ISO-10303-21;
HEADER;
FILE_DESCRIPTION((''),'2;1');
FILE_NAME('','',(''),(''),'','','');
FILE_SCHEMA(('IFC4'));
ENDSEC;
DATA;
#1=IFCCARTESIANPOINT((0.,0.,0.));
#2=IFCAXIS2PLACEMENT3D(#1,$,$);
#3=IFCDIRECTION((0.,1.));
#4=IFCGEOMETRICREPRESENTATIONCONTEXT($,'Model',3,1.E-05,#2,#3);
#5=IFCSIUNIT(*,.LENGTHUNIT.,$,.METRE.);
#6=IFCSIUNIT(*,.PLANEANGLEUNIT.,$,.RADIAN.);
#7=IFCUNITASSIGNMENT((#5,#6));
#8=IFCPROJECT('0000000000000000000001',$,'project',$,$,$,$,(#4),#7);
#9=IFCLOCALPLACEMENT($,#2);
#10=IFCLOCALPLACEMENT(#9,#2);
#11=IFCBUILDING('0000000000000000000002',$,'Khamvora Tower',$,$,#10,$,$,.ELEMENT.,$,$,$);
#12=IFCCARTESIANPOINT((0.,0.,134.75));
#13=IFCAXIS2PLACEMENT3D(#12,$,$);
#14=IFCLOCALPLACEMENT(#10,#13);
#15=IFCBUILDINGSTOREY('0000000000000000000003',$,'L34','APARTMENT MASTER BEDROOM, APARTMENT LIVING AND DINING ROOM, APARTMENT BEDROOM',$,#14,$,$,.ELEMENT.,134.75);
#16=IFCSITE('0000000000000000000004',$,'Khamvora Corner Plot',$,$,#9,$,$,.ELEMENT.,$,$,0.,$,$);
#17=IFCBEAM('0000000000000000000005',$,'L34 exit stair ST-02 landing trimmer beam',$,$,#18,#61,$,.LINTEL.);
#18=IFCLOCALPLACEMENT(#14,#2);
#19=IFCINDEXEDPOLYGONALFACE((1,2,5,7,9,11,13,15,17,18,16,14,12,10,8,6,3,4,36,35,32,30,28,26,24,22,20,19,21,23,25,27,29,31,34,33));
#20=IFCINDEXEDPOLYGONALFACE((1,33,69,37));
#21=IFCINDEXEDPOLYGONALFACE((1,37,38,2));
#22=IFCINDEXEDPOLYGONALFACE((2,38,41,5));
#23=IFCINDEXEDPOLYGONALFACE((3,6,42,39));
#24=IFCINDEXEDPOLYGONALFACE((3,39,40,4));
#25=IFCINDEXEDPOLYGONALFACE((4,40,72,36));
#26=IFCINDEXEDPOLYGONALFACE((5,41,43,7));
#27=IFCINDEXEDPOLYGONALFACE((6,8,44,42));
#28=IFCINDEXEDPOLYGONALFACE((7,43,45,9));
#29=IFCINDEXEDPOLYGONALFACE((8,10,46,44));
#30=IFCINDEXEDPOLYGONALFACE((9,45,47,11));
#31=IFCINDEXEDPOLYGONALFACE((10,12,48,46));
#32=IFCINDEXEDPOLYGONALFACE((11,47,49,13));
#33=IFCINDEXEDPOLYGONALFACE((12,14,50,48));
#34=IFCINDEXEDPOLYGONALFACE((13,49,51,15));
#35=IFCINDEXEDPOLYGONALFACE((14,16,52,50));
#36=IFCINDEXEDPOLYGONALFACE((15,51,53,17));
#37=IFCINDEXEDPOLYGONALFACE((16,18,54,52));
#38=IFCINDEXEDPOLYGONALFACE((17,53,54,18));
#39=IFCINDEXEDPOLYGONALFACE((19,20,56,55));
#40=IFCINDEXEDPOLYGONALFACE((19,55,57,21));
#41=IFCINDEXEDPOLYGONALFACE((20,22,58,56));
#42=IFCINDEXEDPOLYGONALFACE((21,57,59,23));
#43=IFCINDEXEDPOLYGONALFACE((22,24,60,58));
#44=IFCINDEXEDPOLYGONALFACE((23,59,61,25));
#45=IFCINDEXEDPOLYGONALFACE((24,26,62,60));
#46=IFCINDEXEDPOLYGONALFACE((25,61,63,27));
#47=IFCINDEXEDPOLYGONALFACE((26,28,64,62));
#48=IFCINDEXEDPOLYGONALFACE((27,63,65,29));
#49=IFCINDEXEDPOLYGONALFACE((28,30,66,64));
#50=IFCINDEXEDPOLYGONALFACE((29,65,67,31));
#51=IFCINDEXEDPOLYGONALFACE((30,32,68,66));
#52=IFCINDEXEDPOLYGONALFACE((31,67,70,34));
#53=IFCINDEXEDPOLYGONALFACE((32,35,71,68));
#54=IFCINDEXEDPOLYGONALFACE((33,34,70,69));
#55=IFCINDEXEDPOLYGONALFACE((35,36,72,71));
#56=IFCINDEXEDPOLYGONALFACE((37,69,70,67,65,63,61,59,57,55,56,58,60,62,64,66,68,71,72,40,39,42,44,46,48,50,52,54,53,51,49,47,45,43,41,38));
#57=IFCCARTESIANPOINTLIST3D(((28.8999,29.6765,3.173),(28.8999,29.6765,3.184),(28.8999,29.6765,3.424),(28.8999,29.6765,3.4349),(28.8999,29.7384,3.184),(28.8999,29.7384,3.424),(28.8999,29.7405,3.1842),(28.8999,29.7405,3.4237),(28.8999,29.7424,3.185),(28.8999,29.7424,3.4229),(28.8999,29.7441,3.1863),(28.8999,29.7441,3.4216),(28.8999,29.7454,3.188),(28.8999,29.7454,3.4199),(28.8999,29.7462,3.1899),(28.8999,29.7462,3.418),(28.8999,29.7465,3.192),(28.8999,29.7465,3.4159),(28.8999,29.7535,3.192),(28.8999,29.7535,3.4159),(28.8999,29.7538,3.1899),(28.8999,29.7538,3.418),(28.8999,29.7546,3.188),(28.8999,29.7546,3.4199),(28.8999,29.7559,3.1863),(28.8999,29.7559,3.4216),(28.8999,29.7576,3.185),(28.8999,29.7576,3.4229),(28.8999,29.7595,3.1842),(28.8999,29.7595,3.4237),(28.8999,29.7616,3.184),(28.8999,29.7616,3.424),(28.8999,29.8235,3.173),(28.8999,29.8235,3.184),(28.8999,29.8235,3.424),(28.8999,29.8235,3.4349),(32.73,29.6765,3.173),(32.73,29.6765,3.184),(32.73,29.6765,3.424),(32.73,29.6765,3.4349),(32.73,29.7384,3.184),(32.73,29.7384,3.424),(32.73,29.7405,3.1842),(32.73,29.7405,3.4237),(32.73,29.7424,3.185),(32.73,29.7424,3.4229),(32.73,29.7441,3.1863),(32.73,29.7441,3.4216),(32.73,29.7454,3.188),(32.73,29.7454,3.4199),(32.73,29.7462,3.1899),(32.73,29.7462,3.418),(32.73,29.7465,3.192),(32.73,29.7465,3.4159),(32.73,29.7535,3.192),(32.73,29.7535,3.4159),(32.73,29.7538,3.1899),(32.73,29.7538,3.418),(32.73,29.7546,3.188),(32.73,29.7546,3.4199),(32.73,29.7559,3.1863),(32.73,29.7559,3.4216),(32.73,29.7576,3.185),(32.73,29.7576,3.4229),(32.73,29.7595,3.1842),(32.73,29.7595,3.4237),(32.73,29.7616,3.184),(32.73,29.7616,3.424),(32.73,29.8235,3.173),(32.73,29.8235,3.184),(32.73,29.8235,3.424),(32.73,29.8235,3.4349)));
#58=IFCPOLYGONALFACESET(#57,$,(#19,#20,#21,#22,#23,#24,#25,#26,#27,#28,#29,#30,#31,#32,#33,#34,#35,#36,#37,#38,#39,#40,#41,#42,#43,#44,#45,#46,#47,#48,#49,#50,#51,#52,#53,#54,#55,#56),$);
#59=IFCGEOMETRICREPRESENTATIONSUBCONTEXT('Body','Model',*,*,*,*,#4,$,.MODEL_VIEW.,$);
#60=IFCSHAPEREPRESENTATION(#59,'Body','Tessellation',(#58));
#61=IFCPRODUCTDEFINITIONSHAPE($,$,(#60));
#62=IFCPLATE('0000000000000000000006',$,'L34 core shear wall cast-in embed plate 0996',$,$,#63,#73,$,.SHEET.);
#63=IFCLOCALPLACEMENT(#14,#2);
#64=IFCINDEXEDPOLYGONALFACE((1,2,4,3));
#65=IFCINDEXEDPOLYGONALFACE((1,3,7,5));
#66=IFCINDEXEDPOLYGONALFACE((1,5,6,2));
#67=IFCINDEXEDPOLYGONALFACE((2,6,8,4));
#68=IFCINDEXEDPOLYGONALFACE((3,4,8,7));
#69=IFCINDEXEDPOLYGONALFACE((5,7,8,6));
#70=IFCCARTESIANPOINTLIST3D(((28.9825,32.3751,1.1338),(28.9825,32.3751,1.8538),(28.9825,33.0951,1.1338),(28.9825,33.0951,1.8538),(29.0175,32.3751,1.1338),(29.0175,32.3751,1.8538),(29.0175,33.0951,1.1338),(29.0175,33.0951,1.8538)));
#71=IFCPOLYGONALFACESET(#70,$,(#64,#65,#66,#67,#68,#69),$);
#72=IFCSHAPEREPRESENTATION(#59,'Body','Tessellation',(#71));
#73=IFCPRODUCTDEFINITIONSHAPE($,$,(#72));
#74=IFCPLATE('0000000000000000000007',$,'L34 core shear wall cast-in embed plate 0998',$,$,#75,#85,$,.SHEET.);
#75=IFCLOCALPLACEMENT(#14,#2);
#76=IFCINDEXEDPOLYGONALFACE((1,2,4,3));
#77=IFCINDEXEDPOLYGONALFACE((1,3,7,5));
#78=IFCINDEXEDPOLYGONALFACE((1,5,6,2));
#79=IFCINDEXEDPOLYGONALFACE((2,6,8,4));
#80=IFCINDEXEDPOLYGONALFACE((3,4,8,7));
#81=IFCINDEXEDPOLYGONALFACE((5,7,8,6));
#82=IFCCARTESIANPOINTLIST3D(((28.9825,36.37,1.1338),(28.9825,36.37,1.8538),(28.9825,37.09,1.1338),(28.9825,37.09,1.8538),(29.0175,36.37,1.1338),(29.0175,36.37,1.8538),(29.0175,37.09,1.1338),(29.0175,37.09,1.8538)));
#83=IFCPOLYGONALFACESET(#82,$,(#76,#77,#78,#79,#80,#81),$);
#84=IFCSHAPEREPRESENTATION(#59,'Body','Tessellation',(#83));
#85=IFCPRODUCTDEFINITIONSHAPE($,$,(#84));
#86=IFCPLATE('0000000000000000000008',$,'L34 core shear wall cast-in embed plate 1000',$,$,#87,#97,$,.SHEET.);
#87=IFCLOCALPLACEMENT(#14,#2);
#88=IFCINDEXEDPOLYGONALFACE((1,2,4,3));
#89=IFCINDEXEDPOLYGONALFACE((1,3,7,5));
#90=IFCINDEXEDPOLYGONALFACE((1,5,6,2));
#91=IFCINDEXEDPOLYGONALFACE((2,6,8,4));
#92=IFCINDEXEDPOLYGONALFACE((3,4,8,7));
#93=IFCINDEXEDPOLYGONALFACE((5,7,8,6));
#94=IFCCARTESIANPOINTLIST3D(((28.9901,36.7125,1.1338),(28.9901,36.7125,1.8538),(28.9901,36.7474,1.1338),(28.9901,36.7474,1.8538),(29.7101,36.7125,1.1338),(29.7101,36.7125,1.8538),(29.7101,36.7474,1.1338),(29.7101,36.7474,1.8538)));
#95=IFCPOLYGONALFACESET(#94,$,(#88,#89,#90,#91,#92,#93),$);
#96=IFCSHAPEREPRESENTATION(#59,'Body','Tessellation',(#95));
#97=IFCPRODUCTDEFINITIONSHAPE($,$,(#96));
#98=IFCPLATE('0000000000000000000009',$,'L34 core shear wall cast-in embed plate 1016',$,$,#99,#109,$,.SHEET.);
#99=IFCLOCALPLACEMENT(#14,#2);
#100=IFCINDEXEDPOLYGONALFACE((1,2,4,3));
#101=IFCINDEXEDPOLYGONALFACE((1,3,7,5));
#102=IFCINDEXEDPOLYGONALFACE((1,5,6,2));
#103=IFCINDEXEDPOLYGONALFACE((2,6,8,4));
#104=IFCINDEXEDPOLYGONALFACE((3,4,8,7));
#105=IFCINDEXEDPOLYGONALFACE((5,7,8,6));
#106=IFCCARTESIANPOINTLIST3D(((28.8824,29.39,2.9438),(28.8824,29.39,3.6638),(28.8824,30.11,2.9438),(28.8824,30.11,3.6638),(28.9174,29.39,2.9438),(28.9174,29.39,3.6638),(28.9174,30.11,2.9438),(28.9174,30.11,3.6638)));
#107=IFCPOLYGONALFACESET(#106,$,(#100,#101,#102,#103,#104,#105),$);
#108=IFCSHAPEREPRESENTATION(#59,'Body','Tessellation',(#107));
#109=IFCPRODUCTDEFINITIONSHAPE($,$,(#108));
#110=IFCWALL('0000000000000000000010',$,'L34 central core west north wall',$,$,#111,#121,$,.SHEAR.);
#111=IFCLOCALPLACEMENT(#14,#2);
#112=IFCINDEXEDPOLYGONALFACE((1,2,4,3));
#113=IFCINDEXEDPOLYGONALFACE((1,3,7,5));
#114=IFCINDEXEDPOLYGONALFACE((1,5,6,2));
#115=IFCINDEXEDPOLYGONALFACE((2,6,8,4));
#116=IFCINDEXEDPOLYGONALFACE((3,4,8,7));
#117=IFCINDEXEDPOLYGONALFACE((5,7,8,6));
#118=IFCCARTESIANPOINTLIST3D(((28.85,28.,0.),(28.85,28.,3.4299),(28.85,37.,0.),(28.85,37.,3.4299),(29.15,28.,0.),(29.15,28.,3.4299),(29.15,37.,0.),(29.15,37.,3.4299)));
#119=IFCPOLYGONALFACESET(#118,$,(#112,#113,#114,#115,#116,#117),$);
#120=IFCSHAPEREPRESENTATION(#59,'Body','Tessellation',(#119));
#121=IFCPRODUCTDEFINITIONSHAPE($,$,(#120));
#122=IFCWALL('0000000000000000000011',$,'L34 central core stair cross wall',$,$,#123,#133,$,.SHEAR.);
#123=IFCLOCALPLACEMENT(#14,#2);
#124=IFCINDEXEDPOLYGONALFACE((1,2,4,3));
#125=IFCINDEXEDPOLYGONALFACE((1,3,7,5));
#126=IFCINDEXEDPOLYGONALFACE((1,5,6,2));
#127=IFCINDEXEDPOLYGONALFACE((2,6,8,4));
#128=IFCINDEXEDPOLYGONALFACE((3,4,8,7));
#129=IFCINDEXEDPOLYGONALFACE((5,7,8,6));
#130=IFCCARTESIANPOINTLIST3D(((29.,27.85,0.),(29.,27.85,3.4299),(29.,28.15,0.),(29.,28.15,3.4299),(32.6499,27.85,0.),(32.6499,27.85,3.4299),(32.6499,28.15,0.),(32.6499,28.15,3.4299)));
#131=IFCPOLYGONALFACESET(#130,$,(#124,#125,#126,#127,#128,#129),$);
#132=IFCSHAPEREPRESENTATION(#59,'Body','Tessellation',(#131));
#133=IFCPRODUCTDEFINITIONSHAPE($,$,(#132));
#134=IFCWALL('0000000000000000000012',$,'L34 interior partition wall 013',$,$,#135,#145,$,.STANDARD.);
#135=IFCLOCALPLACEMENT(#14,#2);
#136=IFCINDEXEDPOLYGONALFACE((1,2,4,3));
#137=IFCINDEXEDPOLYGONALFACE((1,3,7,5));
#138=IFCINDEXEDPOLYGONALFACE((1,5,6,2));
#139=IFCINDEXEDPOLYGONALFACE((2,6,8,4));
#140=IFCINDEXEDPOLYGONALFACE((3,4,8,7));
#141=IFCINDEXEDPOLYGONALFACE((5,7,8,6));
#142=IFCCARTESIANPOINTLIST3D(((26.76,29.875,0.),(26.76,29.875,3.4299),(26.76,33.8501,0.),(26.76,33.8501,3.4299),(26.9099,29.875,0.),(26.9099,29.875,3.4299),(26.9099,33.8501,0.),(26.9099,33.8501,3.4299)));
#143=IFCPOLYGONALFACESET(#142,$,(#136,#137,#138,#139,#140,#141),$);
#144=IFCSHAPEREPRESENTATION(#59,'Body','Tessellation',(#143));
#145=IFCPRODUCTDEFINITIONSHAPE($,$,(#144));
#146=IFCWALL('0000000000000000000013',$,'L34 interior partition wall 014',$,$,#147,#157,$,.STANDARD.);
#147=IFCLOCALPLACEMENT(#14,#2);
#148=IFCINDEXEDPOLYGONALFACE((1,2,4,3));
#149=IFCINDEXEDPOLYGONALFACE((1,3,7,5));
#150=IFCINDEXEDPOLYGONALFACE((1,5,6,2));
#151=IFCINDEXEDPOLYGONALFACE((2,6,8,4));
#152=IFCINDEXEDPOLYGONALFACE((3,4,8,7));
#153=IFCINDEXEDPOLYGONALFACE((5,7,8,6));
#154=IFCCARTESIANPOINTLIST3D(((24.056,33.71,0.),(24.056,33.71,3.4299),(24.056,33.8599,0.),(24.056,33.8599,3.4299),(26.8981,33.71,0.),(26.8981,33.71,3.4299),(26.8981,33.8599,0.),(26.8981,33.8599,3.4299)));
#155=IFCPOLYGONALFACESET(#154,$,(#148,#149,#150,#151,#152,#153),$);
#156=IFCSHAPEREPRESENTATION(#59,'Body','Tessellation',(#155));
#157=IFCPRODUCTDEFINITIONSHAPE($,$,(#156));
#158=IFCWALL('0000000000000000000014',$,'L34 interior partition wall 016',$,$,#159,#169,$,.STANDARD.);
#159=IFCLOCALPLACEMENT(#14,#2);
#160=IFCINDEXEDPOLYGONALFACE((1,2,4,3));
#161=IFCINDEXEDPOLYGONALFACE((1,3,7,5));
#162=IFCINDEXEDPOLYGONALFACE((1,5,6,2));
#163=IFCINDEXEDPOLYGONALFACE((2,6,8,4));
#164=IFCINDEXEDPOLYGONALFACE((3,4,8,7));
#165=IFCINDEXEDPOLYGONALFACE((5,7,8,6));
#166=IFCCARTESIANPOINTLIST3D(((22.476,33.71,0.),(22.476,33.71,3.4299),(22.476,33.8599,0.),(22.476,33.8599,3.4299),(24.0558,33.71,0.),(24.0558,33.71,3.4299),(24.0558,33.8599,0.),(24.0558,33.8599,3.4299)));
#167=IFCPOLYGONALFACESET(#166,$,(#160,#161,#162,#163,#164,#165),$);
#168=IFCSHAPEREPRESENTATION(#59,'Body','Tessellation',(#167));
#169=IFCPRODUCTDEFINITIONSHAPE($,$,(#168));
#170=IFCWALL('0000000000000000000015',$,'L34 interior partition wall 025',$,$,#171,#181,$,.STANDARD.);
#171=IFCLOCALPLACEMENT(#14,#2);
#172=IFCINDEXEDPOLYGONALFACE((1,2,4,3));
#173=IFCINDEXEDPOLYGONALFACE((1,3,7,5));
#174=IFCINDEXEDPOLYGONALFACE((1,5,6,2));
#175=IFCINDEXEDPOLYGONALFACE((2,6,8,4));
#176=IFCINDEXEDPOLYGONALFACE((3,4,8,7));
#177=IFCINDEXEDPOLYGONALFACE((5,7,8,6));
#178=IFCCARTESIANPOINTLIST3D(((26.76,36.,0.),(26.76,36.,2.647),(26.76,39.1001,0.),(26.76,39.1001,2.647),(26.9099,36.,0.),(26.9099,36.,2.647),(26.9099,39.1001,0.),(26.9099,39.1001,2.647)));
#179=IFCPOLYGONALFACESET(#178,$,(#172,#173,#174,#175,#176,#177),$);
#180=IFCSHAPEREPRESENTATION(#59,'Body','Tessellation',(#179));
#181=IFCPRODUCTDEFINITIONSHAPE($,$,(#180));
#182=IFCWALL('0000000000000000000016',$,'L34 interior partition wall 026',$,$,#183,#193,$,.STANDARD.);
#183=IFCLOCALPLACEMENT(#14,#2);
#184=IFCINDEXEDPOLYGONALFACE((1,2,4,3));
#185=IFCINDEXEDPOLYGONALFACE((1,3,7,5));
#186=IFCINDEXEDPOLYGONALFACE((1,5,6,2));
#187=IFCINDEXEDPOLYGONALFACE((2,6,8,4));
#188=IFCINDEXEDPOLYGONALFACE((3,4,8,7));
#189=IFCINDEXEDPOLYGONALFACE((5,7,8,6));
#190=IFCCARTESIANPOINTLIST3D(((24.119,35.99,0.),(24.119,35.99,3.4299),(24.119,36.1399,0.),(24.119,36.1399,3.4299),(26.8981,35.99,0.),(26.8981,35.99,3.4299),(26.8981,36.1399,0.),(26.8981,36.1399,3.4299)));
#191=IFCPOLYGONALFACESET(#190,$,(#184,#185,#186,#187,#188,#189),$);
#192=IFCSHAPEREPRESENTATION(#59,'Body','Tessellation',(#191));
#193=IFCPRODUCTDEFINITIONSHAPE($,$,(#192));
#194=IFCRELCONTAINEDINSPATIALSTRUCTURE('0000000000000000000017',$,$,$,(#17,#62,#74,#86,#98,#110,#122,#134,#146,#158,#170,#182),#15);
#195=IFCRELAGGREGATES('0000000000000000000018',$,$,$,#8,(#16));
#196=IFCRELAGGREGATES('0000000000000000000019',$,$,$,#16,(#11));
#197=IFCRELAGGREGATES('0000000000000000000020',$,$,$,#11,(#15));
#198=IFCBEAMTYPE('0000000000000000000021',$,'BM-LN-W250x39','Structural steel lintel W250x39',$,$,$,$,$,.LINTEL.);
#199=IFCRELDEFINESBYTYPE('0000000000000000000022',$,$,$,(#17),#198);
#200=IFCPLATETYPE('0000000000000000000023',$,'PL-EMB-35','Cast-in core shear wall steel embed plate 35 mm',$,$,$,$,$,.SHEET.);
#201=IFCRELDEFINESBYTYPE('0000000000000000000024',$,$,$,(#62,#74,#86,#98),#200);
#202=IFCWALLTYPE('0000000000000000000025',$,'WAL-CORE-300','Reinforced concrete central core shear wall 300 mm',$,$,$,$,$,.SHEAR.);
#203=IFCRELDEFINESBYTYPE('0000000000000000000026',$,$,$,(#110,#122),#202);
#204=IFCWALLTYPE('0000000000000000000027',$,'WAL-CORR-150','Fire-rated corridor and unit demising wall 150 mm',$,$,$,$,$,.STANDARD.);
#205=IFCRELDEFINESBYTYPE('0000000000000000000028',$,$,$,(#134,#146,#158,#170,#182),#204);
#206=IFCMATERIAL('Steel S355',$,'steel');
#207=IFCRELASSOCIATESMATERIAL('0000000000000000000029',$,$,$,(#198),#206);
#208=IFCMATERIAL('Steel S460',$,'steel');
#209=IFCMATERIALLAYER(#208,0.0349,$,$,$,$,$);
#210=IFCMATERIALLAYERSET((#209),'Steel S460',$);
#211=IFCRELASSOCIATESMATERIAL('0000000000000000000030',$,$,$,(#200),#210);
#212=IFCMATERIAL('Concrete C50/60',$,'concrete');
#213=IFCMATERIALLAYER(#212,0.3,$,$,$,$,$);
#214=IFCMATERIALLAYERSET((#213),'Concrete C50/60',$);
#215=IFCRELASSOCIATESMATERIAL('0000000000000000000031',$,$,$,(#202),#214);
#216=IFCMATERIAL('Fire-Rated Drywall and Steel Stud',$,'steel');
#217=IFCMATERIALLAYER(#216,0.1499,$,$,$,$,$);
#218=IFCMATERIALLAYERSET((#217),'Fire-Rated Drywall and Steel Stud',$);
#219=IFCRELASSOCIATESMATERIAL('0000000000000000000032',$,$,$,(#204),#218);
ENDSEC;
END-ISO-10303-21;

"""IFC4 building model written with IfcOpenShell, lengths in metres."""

from ifc_helpers import new_model, si_unit, direction, frame, frame_2d, origin, origin_2d, place, context, subcontext, project, spatial, rectangle, i_section, extrude, material, layer, layer_set, material_profile, profile_set, type_object, element, save


model = new_model("IFC4")

# Units and contexts
model_context = context("Model", 3, precision=1e-05, world=origin(), true_north=direction((0.0, 1.0)))
body_context = subcontext(model_context, "Body", "Model", "MODEL_VIEW")
ifc_project = project(units=[si_unit("LENGTHUNIT", "METRE"), si_unit("PLANEANGLEUNIT", "RADIAN")], contexts=[model_context])

# Site, building, storey
site_placement = place(None, origin())
site = spatial("IfcSite", under=ifc_project, at=site_placement, Name="Khamvora Corner Plot", CompositionType="ELEMENT", RefElevation=0.0)
building_placement = place(site_placement, origin())
building = spatial("IfcBuilding", under=site, at=building_placement, Name="Khamvora Tower", CompositionType="ELEMENT")
storey_placement = place(building_placement, frame((0.0, 0.0, 134.75)))
storey = spatial("IfcBuildingStorey", under=building, at=storey_placement, Name="L34", Description="APARTMENT MASTER BEDROOM, APARTMENT LIVING AND DINING ROOM, APARTMENT BEDROOM", CompositionType="ELEMENT", Elevation=134.75)

# Shared definitions
ifc_material_1 = material(Name="Steel S460", Category="steel")

# Beam
ifc_material_2 = material(Name="Steel S355", Category="steel")
ifc_material_profile_1 = material_profile(ifc_material_2, i_section(OverallWidth=0.147, OverallDepth=0.262, WebThickness=0.0071, FlangeThickness=0.011, FilletRadius=0.0081, at=origin_2d()), Name="W250x39")
ifc_profile_set_1 = profile_set([ifc_material_profile_1], Name="Steel S355")
beam_type = type_object("IfcBeamType", Name="BM-LN-W250x39", Description="Structural steel lintel W250x39", PredefinedType="LINTEL", material=ifc_profile_set_1)
beam_1_placement = place(storey_placement, frame((28.8999, 29.75, 3.304), z_axis=(1.0, 0.0, 0.0), x_axis=(0.0, 1.0, 0.0)))
element("IfcBeam", 1, at=beam_1_placement, inside=storey, type_object=beam_type, Name="L34 exit stair ST-02 landing trimmer beam", PredefinedType="LINTEL", context=body_context, shape_type="SweptSolid", body=[
    extrude(i_section(OverallWidth=0.147, OverallDepth=0.262, WebThickness=0.0071, FlangeThickness=0.011, FilletRadius=0.0081, at=origin_2d()), origin(), (0.0, 0.0, 1.0), 3.8301),
])

# Plates
ifc_layer_1 = layer(ifc_material_1, 0.0349)
ifc_layer_set_1 = layer_set([ifc_layer_1], Name="Steel S460")
plate_type = type_object("IfcPlateType", Name="PL-EMB-35", Description="Cast-in core shear wall steel embed plate 35 mm", PredefinedType="SHEET", material=ifc_layer_set_1)
for number, where, z_axis, x_axis, name in (
    (2, (29.0, 32.7351, 1.1338), (0.0, 0.0, 1.0), (1.0, 0.0, 0.0), "L34 core shear wall cast-in embed plate 0996"),
    (3, (29.0, 36.73, 1.1338), (0.0, 0.0, 1.0), (1.0, 0.0, 0.0), "L34 core shear wall cast-in embed plate 0998"),
):
    element("IfcPlate", number, at=place(storey_placement, frame(where, z_axis=z_axis, x_axis=x_axis)), inside=storey, type_object=plate_type, Name=name, PredefinedType="SHEET", context=body_context, shape_type="SweptSolid", body=[
        extrude(rectangle(XDim=0.0349, YDim=0.72, at=origin_2d()), origin(), (0.0, 0.0, 1.0), 0.72),
    ])
plate_1_placement = place(storey_placement, frame((29.3501, 36.73, 1.1338), z_axis=(0.0, 0.0, 1.0), x_axis=(1.0, 0.0, 0.0)))
element("IfcPlate", 4, at=plate_1_placement, inside=storey, type_object=plate_type, Name="L34 core shear wall cast-in embed plate 1000", PredefinedType="SHEET", context=body_context, shape_type="SweptSolid", body=[
    extrude(rectangle(XDim=0.72, YDim=0.0349, at=origin_2d()), origin(), (0.0, 0.0, 1.0), 0.72),
])
plate_2_placement = place(storey_placement, frame((28.8999, 29.75, 2.9438), z_axis=(0.0, 0.0, 1.0), x_axis=(1.0, 0.0, 0.0)))
element("IfcPlate", 5, at=plate_2_placement, inside=storey, type_object=plate_type, Name="L34 core shear wall cast-in embed plate 1016", PredefinedType="SHEET", context=body_context, shape_type="SweptSolid", body=[
    extrude(rectangle(XDim=0.0349, YDim=0.72, at=origin_2d()), origin(), (0.0, 0.0, 1.0), 0.72),
])

# Walls
ifc_material_3 = material(Name="Concrete C50/60", Category="concrete")
ifc_layer_2 = layer(ifc_material_3, 0.3)
ifc_layer_set_2 = layer_set([ifc_layer_2], Name="Concrete C50/60")
wall_type_1 = type_object("IfcWallType", Name="WAL-CORE-300", Description="Reinforced concrete central core shear wall 300 mm", PredefinedType="SHEAR", material=ifc_layer_set_2)
wall_1_placement = place(storey_placement, frame((29.0, 28.0, 0.0), z_axis=(0.0, 0.0, 1.0), x_axis=(0.0, 1.0, 0.0)))
element("IfcWall", 6, at=wall_1_placement, inside=storey, type_object=wall_type_1, Name="L34 central core west north wall", PredefinedType="SHEAR", context=body_context, shape_type="SweptSolid", body=[
    extrude(rectangle(XDim=9.0, YDim=0.3, at=frame_2d((4.5, 0.0))), origin(), (0.0, 0.0, 1.0), 3.4299),
])
wall_2_placement = place(storey_placement, frame((29.0, 28.0, 0.0), z_axis=(0.0, 0.0, 1.0), x_axis=(1.0, 0.0, 0.0)))
element("IfcWall", 7, at=wall_2_placement, inside=storey, type_object=wall_type_1, Name="L34 central core stair cross wall", PredefinedType="SHEAR", context=body_context, shape_type="SweptSolid", body=[
    extrude(rectangle(XDim=3.6499, YDim=0.3, at=frame_2d((1.825, 0.0))), origin(), (0.0, 0.0, 1.0), 3.4299),
])
ifc_material_4 = material(Name="Fire-Rated Drywall and Steel Stud", Category="steel")
ifc_layer_3 = layer(ifc_material_4, 0.1499)
ifc_layer_set_3 = layer_set([ifc_layer_3], Name="Fire-Rated Drywall and Steel Stud")
wall_type_2 = type_object("IfcWallType", Name="WAL-CORR-150", Description="Fire-rated corridor and unit demising wall 150 mm", PredefinedType="STANDARD", material=ifc_layer_set_3)
wall_3_placement = place(storey_placement, frame((26.835, 29.875, 0.0), z_axis=(0.0, 0.0, 1.0), x_axis=(0.0, 1.0, 0.0)))
element("IfcWall", 8, at=wall_3_placement, inside=storey, type_object=wall_type_2, Name="L34 interior partition wall 013", PredefinedType="STANDARD", context=body_context, shape_type="SweptSolid", body=[
    extrude(rectangle(XDim=3.9751, YDim=0.1499, at=frame_2d((1.9875, 0.0))), origin(), (0.0, 0.0, 1.0), 3.4299),
])
wall_4_placement = place(storey_placement, frame((26.8979, 33.7849, 0.0), z_axis=(0.0, 0.0, 1.0), x_axis=(-1.0, 0.0, 0.0)))
element("IfcWall", 9, at=wall_4_placement, inside=storey, type_object=wall_type_2, Name="L34 interior partition wall 014", PredefinedType="STANDARD", context=body_context, shape_type="SweptSolid", body=[
    extrude(rectangle(XDim=2.842, YDim=0.1499, at=frame_2d((1.4209, 0.0))), origin(), (0.0, 0.0, 1.0), 3.4299),
])
wall_5_placement = place(storey_placement, frame((24.0559, 33.7849, 0.0), z_axis=(0.0, 0.0, 1.0), x_axis=(-1.0, 0.0, 0.0)))
element("IfcWall", 10, at=wall_5_placement, inside=storey, type_object=wall_type_2, Name="L34 interior partition wall 016", PredefinedType="STANDARD", context=body_context, shape_type="SweptSolid", body=[
    extrude(rectangle(XDim=1.5798, YDim=0.1499, at=frame_2d((0.79, 0.0))), origin(), (0.0, 0.0, 1.0), 3.4299),
])
wall_6_placement = place(storey_placement, frame((26.835, 36.0, 0.0), z_axis=(0.0, 0.0, 1.0), x_axis=(0.0, 1.0, 0.0)))
element("IfcWall", 11, at=wall_6_placement, inside=storey, type_object=wall_type_2, Name="L34 interior partition wall 025", PredefinedType="STANDARD", context=body_context, shape_type="SweptSolid", body=[
    extrude(rectangle(XDim=3.1001, YDim=0.1499, at=frame_2d((1.55, 0.0))), origin(), (0.0, 0.0, 1.0), 2.647),
])
wall_7_placement = place(storey_placement, frame((24.1189, 36.0649, 0.0), z_axis=(0.0, 0.0, 1.0), x_axis=(1.0, 0.0, 0.0)))
element("IfcWall", 12, at=wall_7_placement, inside=storey, type_object=wall_type_2, Name="L34 interior partition wall 026", PredefinedType="STANDARD", context=body_context, shape_type="SweptSolid", body=[
    extrude(rectangle(XDim=2.7791, YDim=0.1499, at=frame_2d((1.3896, 0.0))), origin(), (0.0, 0.0, 1.0), 3.4299),
])

save(model, "model.ifc")
